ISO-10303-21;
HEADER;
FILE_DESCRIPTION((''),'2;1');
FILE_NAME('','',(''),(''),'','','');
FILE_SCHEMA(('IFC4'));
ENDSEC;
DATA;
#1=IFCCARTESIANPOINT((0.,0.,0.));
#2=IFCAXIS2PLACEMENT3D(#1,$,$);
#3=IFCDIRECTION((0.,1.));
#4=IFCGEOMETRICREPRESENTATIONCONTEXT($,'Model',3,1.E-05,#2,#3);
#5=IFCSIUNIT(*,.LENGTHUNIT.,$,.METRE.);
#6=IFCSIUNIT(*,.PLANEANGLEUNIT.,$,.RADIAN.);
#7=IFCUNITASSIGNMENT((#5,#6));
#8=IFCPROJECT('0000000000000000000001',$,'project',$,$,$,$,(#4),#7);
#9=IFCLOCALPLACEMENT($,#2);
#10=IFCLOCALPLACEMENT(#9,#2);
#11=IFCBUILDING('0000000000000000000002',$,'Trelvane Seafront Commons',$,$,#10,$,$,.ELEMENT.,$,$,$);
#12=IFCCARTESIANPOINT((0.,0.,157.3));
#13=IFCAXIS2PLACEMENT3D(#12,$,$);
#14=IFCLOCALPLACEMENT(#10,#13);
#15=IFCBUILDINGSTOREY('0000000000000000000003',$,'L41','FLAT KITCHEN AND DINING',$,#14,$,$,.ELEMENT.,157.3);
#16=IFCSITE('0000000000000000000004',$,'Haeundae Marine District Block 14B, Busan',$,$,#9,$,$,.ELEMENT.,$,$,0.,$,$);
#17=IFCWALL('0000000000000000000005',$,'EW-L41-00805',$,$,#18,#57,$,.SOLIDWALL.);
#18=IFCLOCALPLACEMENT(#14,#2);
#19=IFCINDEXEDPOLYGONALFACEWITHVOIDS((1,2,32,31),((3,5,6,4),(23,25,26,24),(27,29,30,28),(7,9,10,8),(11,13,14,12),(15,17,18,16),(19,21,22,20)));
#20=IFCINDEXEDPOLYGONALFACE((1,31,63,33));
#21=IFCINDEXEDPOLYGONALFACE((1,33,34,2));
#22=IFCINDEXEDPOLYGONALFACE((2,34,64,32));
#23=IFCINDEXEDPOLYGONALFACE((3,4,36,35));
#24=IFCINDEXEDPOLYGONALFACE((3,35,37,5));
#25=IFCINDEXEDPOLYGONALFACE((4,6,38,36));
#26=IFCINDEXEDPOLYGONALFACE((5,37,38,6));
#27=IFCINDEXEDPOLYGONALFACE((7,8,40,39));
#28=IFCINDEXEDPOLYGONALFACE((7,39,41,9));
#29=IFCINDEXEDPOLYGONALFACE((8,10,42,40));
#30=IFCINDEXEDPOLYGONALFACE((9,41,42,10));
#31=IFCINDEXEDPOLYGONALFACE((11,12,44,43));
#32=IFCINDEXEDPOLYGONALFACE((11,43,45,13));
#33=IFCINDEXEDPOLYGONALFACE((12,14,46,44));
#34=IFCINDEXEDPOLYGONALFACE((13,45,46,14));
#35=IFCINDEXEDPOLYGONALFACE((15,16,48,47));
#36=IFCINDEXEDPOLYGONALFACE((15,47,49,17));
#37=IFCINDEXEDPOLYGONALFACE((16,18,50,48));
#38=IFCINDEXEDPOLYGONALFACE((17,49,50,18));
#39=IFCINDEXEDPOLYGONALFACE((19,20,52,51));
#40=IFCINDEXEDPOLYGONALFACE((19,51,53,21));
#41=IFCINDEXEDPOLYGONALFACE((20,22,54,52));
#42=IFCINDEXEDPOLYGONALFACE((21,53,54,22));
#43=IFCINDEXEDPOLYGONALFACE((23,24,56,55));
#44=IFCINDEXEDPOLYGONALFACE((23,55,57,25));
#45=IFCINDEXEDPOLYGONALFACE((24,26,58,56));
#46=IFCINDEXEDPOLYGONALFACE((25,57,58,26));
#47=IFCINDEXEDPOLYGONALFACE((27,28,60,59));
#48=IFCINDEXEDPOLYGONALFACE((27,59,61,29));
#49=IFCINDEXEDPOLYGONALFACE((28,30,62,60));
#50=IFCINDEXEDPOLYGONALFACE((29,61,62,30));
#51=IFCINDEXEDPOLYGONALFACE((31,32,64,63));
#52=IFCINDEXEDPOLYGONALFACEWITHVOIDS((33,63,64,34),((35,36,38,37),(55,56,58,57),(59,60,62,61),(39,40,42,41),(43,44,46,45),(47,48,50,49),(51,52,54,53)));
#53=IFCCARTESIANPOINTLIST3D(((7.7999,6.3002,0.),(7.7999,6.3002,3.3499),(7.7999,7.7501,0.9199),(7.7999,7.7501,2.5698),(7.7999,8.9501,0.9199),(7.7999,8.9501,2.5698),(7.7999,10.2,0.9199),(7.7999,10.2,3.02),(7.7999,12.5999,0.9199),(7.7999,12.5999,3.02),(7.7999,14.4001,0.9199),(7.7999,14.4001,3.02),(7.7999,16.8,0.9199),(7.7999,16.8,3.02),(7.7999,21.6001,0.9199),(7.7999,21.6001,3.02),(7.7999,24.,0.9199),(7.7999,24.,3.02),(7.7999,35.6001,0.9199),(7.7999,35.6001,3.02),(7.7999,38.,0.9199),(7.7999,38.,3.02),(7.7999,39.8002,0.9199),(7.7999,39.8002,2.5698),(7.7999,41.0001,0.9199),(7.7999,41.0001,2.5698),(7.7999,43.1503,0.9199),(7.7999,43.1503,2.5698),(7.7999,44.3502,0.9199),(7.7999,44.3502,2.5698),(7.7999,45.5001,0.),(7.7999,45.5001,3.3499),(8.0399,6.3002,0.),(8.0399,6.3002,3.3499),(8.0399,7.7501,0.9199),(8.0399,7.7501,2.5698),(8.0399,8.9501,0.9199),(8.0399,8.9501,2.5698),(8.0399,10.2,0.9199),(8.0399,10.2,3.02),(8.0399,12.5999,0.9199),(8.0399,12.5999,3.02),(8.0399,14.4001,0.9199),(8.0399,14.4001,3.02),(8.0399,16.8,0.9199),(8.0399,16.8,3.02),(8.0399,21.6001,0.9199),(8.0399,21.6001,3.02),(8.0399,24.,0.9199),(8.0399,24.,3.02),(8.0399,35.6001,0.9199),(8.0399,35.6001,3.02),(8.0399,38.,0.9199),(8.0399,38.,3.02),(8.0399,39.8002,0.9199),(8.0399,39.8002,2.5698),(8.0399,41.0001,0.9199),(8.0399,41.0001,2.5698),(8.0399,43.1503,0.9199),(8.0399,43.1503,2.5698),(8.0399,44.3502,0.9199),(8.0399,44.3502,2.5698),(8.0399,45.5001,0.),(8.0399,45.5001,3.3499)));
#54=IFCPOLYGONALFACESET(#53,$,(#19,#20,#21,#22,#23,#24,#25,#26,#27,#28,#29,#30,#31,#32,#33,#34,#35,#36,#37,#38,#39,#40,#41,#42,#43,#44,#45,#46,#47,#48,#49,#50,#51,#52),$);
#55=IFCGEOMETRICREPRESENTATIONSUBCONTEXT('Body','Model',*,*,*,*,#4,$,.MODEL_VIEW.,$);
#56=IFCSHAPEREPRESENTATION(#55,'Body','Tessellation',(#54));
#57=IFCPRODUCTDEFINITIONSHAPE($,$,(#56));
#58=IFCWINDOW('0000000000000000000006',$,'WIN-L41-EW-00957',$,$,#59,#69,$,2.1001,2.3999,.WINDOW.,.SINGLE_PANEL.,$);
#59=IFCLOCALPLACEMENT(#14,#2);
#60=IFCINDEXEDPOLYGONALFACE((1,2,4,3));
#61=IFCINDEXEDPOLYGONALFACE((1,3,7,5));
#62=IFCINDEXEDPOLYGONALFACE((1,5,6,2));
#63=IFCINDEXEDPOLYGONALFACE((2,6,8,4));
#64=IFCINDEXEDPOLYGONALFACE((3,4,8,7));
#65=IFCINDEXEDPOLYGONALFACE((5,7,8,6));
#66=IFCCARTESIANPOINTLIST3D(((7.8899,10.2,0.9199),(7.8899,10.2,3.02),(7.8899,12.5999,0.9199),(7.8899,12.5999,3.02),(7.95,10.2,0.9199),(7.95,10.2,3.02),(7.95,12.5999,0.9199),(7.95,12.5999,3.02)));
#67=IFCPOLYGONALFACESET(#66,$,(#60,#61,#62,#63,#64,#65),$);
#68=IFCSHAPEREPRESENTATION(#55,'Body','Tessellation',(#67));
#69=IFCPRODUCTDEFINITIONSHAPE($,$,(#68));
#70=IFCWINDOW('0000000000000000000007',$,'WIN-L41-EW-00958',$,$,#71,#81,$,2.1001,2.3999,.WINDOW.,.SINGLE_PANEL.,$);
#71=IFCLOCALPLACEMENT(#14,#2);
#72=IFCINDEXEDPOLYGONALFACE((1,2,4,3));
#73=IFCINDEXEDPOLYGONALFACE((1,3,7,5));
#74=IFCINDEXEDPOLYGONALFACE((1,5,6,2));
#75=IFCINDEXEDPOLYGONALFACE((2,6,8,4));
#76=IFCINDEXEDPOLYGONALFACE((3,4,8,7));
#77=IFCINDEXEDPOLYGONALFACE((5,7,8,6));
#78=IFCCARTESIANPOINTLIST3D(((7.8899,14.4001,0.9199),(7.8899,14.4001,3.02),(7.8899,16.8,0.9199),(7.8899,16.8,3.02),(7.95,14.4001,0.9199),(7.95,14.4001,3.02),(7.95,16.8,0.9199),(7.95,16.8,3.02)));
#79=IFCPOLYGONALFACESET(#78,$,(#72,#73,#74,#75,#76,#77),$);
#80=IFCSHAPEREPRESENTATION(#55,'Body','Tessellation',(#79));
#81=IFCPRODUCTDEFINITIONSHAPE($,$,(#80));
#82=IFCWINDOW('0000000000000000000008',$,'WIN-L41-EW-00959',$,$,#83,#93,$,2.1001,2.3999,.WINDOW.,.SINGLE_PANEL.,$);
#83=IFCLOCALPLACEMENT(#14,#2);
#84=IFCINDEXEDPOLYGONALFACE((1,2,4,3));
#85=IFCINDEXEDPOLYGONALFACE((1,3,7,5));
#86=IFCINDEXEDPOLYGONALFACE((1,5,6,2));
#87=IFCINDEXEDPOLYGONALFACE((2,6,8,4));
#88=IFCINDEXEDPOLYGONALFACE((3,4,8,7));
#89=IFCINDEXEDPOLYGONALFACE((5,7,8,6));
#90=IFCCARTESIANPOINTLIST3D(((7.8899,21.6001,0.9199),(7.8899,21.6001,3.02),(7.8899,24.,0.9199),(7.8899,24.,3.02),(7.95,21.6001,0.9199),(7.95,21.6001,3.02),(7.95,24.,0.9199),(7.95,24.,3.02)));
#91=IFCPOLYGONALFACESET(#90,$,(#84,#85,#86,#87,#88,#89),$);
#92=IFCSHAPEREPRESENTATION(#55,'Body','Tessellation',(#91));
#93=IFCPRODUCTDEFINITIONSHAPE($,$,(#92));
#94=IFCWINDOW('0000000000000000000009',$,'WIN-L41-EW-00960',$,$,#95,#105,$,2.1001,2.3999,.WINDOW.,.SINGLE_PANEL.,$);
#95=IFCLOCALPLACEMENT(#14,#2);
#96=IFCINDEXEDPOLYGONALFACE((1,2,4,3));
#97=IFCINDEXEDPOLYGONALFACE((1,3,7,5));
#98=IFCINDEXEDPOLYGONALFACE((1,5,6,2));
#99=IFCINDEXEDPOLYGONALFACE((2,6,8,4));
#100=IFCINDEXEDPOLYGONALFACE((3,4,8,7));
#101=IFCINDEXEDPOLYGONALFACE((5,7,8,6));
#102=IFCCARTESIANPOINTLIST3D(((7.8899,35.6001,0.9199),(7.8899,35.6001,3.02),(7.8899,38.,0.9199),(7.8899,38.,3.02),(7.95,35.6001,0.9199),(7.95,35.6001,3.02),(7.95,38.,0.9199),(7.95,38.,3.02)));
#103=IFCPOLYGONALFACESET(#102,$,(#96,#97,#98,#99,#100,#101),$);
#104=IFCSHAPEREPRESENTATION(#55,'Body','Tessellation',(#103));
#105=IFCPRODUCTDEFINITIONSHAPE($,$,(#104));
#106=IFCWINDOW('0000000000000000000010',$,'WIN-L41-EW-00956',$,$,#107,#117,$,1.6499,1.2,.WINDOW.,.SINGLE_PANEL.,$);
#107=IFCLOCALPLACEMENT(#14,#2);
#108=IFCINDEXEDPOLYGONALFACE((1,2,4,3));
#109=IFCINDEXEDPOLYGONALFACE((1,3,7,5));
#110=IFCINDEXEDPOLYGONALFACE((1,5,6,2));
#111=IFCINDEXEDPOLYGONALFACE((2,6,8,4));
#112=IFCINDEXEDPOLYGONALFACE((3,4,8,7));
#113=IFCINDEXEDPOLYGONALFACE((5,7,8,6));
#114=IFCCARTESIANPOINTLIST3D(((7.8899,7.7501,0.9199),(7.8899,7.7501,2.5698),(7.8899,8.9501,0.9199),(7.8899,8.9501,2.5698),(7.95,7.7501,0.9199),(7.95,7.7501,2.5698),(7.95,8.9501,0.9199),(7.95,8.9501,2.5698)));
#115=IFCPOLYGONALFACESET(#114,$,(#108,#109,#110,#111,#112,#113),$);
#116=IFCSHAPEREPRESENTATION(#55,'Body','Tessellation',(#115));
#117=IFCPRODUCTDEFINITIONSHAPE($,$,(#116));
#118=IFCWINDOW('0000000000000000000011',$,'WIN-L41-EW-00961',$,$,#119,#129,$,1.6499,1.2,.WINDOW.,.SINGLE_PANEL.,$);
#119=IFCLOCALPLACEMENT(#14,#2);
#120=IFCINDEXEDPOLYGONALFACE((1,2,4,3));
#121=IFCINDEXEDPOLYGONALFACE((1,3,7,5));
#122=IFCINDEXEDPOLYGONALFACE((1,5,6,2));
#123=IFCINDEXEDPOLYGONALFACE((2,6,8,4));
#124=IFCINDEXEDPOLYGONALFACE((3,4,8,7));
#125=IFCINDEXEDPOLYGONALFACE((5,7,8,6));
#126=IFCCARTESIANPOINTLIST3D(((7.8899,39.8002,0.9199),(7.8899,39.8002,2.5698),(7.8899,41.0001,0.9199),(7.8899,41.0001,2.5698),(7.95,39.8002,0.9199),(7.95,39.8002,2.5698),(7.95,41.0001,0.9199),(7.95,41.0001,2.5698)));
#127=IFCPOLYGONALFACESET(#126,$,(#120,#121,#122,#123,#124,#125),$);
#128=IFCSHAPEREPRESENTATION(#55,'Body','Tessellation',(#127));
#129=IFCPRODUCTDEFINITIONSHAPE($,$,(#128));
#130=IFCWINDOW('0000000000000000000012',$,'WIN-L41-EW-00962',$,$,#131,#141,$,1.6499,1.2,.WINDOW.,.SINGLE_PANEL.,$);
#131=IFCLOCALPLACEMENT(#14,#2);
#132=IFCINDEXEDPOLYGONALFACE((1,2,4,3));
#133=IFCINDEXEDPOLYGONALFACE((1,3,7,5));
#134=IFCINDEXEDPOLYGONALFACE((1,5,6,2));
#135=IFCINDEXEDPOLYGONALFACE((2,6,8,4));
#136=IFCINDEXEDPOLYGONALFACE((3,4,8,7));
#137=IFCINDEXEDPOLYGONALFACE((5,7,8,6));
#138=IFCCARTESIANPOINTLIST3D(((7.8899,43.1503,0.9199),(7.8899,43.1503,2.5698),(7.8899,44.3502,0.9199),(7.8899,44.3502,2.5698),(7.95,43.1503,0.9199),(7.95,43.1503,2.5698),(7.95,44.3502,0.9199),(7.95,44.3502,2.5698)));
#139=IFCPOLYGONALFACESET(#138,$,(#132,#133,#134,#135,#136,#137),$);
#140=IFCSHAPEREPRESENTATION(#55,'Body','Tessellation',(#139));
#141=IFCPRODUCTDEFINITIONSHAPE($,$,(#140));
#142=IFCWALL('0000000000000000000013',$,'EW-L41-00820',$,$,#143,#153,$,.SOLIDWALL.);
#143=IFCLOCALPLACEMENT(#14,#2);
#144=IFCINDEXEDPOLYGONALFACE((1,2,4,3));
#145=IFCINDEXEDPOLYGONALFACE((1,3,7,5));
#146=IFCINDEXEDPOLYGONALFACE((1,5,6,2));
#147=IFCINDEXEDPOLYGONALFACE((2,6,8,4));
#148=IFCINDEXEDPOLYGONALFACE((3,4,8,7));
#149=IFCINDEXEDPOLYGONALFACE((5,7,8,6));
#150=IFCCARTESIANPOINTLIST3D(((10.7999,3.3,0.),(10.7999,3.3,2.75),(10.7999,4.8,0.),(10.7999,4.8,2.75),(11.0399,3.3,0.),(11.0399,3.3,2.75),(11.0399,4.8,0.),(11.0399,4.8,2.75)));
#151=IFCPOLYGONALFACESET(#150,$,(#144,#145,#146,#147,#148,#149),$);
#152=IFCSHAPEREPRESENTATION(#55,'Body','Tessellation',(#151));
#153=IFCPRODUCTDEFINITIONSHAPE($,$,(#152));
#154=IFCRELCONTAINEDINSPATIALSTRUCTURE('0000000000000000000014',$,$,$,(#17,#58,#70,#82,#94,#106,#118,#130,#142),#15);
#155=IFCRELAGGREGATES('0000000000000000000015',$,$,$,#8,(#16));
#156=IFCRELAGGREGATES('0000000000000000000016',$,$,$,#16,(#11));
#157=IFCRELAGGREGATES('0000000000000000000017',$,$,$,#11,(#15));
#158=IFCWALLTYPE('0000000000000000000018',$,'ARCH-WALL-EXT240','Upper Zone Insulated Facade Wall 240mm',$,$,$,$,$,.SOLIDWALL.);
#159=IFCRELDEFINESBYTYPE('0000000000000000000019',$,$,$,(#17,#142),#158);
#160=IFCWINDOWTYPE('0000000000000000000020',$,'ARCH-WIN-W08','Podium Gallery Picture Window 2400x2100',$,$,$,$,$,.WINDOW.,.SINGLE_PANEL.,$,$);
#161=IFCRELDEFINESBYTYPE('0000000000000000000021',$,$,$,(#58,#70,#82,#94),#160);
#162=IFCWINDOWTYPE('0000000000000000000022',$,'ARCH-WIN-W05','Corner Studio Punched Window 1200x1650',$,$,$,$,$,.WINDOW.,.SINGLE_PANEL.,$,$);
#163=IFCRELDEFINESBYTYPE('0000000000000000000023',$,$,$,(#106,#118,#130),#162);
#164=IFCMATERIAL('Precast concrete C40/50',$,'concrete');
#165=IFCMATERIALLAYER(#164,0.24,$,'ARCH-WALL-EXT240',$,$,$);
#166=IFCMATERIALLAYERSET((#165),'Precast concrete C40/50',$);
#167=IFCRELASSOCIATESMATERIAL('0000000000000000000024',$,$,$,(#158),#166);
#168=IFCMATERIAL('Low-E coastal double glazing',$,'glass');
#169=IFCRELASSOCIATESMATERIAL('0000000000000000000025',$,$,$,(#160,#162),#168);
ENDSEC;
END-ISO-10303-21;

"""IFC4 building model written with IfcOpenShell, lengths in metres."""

from ifc_helpers import new_model, si_unit, direction, frame, frame_2d, origin, place, context, subcontext, project, spatial, rectangle, extrude, source, transform, mapped, material, layer, layer_set, type_object, element, fill, save


model = new_model("IFC4")

# Units and contexts
model_context = context("Model", 3, precision=1e-05, world=origin(), true_north=direction((0.0, 1.0)))
body_context = subcontext(model_context, "Body", "Model", "MODEL_VIEW")
ifc_project = project(units=[si_unit("LENGTHUNIT", "METRE"), si_unit("PLANEANGLEUNIT", "RADIAN")], contexts=[model_context])

# Site, building, storey
site_placement = place(None, origin())
site = spatial("IfcSite", under=ifc_project, at=site_placement, Name="Haeundae Marine District Block 14B, Busan", CompositionType="ELEMENT", RefElevation=0.0)
building_placement = place(site_placement, origin())
building = spatial("IfcBuilding", under=site, at=building_placement, Name="Trelvane Seafront Commons", CompositionType="ELEMENT")
storey_placement = place(building_placement, frame((0.0, 0.0, 157.3)))
storey = spatial("IfcBuildingStorey", under=building, at=storey_placement, Name="L41", Description="FLAT KITCHEN AND DINING", CompositionType="ELEMENT", Elevation=157.3)

# Shared definitions
ifc_material_1 = material(Name="Precast concrete C40/50", Category="concrete")
ifc_layer_1 = layer(ifc_material_1, 0.24, Name="ARCH-WALL-EXT240")
ifc_layer_set_1 = layer_set([ifc_layer_1], Name="Precast concrete C40/50")
wall_type_1 = type_object("IfcWallType", Name="ARCH-WALL-EXT240", Description="Upper Zone Insulated Facade Wall 240mm", PredefinedType="SOLIDWALL", material=ifc_layer_set_1)

# Wall, openings, windows
wall_1_placement = place(storey_placement, frame((7.9199, 6.3, 0.0), z_axis=(0.0, 0.0, 1.0), x_axis=(0.0, 1.0, 0.0)))
wall_1 = element("IfcWall", 1, at=wall_1_placement, inside=storey, type_object=wall_type_1, Name="EW-L41-00805", PredefinedType="SOLIDWALL", context=body_context, shape_type="SweptSolid", body=[
    extrude(rectangle(XDim=39.2, YDim=0.24, at=frame_2d((19.6001, 0.0))), origin(), (0.0, 0.0, 1.0), 3.3499),
])
opening_1_placement = place(wall_1_placement, frame((1.45, 0.0, 0.9199)))
opening_1 = element("IfcOpeningElement", 2, at=opening_1_placement, cuts=wall_1, PredefinedType="OPENING", context=body_context, shape_type="SweptSolid", body=[
    extrude(rectangle(XDim=1.2, YDim=1.6499, at=frame_2d((0.6001, 0.825))), frame((0.0, 0.1299, 0.0), z_axis=(0.0, -1.0, 0.0), x_axis=(1.0, 0.0, 0.0)), (0.0, 0.0, 1.0), 0.26),
])
opening_2_placement = place(wall_1_placement, frame((3.8999, 0.0, 0.9199)))
opening_2 = element("IfcOpeningElement", 3, at=opening_2_placement, cuts=wall_1, PredefinedType="OPENING", context=body_context, shape_type="SweptSolid", body=[
    extrude(rectangle(XDim=2.3999, YDim=2.1001, at=frame_2d((1.2, 1.05))), frame((0.0, 0.1299, 0.0), z_axis=(0.0, -1.0, 0.0), x_axis=(1.0, 0.0, 0.0)), (0.0, 0.0, 1.0), 0.26),
])
opening_3_placement = place(wall_1_placement, frame((8.1001, 0.0, 0.9199)))
opening_3 = element("IfcOpeningElement", 4, at=opening_3_placement, cuts=wall_1, PredefinedType="OPENING", context=body_context, shape_type="SweptSolid", body=[
    extrude(rectangle(XDim=2.3999, YDim=2.1001, at=frame_2d((1.2, 1.05))), frame((0.0, 0.1299, 0.0), z_axis=(0.0, -1.0, 0.0), x_axis=(1.0, 0.0, 0.0)), (0.0, 0.0, 1.0), 0.26),
])
opening_4_placement = place(wall_1_placement, frame((15.3, 0.0, 0.9199)))
opening_4 = element("IfcOpeningElement", 5, at=opening_4_placement, cuts=wall_1, PredefinedType="OPENING", context=body_context, shape_type="SweptSolid", body=[
    extrude(rectangle(XDim=2.3999, YDim=2.1001, at=frame_2d((1.2, 1.05))), frame((0.0, 0.1299, 0.0), z_axis=(0.0, -1.0, 0.0), x_axis=(1.0, 0.0, 0.0)), (0.0, 0.0, 1.0), 0.26),
])
opening_5_placement = place(wall_1_placement, frame((29.3, 0.0, 0.9199)))
opening_5 = element("IfcOpeningElement", 6, at=opening_5_placement, cuts=wall_1, PredefinedType="OPENING", context=body_context, shape_type="SweptSolid", body=[
    extrude(rectangle(XDim=2.3999, YDim=2.1001, at=frame_2d((1.2, 1.05))), frame((0.0, 0.1299, 0.0), z_axis=(0.0, -1.0, 0.0), x_axis=(1.0, 0.0, 0.0)), (0.0, 0.0, 1.0), 0.26),
])
opening_6_placement = place(wall_1_placement, frame((33.5, 0.0, 0.9199)))
opening_6 = element("IfcOpeningElement", 7, at=opening_6_placement, cuts=wall_1, PredefinedType="OPENING", context=body_context, shape_type="SweptSolid", body=[
    extrude(rectangle(XDim=1.2, YDim=1.6499, at=frame_2d((0.6001, 0.825))), frame((0.0, 0.1299, 0.0), z_axis=(0.0, -1.0, 0.0), x_axis=(1.0, 0.0, 0.0)), (0.0, 0.0, 1.0), 0.26),
])
opening_7_placement = place(wall_1_placement, frame((36.8501, 0.0, 0.9199)))
opening_7 = element("IfcOpeningElement", 8, at=opening_7_placement, cuts=wall_1, PredefinedType="OPENING", context=body_context, shape_type="SweptSolid", body=[
    extrude(rectangle(XDim=1.2, YDim=1.6499, at=frame_2d((0.6001, 0.825))), frame((0.0, 0.1299, 0.0), z_axis=(0.0, -1.0, 0.0), x_axis=(1.0, 0.0, 0.0)), (0.0, 0.0, 1.0), 0.26),
])
ifc_material_2 = material(Name="Low-E coastal double glazing", Category="glass")
window_type_1 = type_object("IfcWindowType", Name="ARCH-WIN-W08", Description="Podium Gallery Picture Window 2400x2100", PartitioningType="SINGLE_PANEL", PredefinedType="WINDOW", material=ifc_material_2)
shared_shape_1 = source(origin(), body_context, "Body", "SweptSolid", [
    extrude(rectangle(XDim=2.3999, YDim=2.1001, at=frame_2d((1.2, 1.05))), frame((0.0, 0.03, 0.0), z_axis=(0.0, -1.0, 0.0), x_axis=(1.0, 0.0, 0.0)), (0.0, 0.0, 1.0), 0.0601),
])
window_1_placement = place(opening_2_placement, origin())
window_1 = element("IfcWindow", 9, at=window_1_placement, inside=storey, type_object=window_type_1, Name="WIN-L41-EW-00957", OverallHeight=2.1001, OverallWidth=2.3999, PartitioningType="SINGLE_PANEL", PredefinedType="WINDOW", context=body_context, shape_type="MappedRepresentation", body=[
    mapped(shared_shape_1, transform((0.0, 0.0, 0.0), x_axis=(1.0, 0.0, 0.0), y_axis=(0.0, 1.0, 0.0), z_axis=(0.0, 0.0, 1.0), scale=1.0)),
])
fill(opening_2, window_1)
window_2_placement = place(opening_3_placement, origin())
window_2 = element("IfcWindow", 10, at=window_2_placement, inside=storey, type_object=window_type_1, Name="WIN-L41-EW-00958", OverallHeight=2.1001, OverallWidth=2.3999, PartitioningType="SINGLE_PANEL", PredefinedType="WINDOW", context=body_context, shape_type="MappedRepresentation", body=[
    mapped(shared_shape_1, transform((0.0, 0.0, 0.0), x_axis=(1.0, 0.0, 0.0), y_axis=(0.0, 1.0, 0.0), z_axis=(0.0, 0.0, 1.0), scale=1.0)),
])
fill(opening_3, window_2)
window_3_placement = place(opening_4_placement, origin())
window_3 = element("IfcWindow", 11, at=window_3_placement, inside=storey, type_object=window_type_1, Name="WIN-L41-EW-00959", OverallHeight=2.1001, OverallWidth=2.3999, PartitioningType="SINGLE_PANEL", PredefinedType="WINDOW", context=body_context, shape_type="MappedRepresentation", body=[
    mapped(shared_shape_1, transform((0.0, 0.0, 0.0), x_axis=(1.0, 0.0, 0.0), y_axis=(0.0, 1.0, 0.0), z_axis=(0.0, 0.0, 1.0), scale=1.0)),
])
fill(opening_4, window_3)
window_4_placement = place(opening_5_placement, origin())
window_4 = element("IfcWindow", 12, at=window_4_placement, inside=storey, type_object=window_type_1, Name="WIN-L41-EW-00960", OverallHeight=2.1001, OverallWidth=2.3999, PartitioningType="SINGLE_PANEL", PredefinedType="WINDOW", context=body_context, shape_type="MappedRepresentation", body=[
    mapped(shared_shape_1, transform((0.0, 0.0, 0.0), x_axis=(1.0, 0.0, 0.0), y_axis=(0.0, 1.0, 0.0), z_axis=(0.0, 0.0, 1.0), scale=1.0)),
])
fill(opening_5, window_4)
window_type_2 = type_object("IfcWindowType", Name="ARCH-WIN-W05", Description="Corner Studio Punched Window 1200x1650", PartitioningType="SINGLE_PANEL", PredefinedType="WINDOW", material=ifc_material_2)
shared_shape_2 = source(origin(), body_context, "Body", "SweptSolid", [
    extrude(rectangle(XDim=1.2, YDim=1.6499, at=frame_2d((0.6001, 0.825))), frame((0.0, 0.03, 0.0), z_axis=(0.0, -1.0, 0.0), x_axis=(1.0, 0.0, 0.0)), (0.0, 0.0, 1.0), 0.0601),
])
window_5_placement = place(opening_1_placement, origin())
window_5 = element("IfcWindow", 13, at=window_5_placement, inside=storey, type_object=window_type_2, Name="WIN-L41-EW-00956", OverallHeight=1.6499, OverallWidth=1.2, PartitioningType="SINGLE_PANEL", PredefinedType="WINDOW", context=body_context, shape_type="MappedRepresentation", body=[
    mapped(shared_shape_2, transform((0.0, 0.0, 0.0), x_axis=(1.0, 0.0, 0.0), y_axis=(0.0, 1.0, 0.0), z_axis=(0.0, 0.0, 1.0), scale=1.0)),
])
fill(opening_1, window_5)
window_6_placement = place(opening_6_placement, origin())
window_6 = element("IfcWindow", 14, at=window_6_placement, inside=storey, type_object=window_type_2, Name="WIN-L41-EW-00961", OverallHeight=1.6499, OverallWidth=1.2, PartitioningType="SINGLE_PANEL", PredefinedType="WINDOW", context=body_context, shape_type="MappedRepresentation", body=[
    mapped(shared_shape_2, transform((0.0, 0.0, 0.0), x_axis=(1.0, 0.0, 0.0), y_axis=(0.0, 1.0, 0.0), z_axis=(0.0, 0.0, 1.0), scale=1.0)),
])
fill(opening_6, window_6)
window_7_placement = place(opening_7_placement, origin())
window_7 = element("IfcWindow", 15, at=window_7_placement, inside=storey, type_object=window_type_2, Name="WIN-L41-EW-00962", OverallHeight=1.6499, OverallWidth=1.2, PartitioningType="SINGLE_PANEL", PredefinedType="WINDOW", context=body_context, shape_type="MappedRepresentation", body=[
    mapped(shared_shape_2, transform((0.0, 0.0, 0.0), x_axis=(1.0, 0.0, 0.0), y_axis=(0.0, 1.0, 0.0), z_axis=(0.0, 0.0, 1.0), scale=1.0)),
])
fill(opening_7, window_7)

# Wall
wall_2_placement = place(storey_placement, frame((10.9199, 3.3, 0.0), z_axis=(0.0, 0.0, 1.0), x_axis=(0.0, 1.0, 0.0)))
element("IfcWall", 16, at=wall_2_placement, inside=storey, type_object=wall_type_1, Name="EW-L41-00820", PredefinedType="SOLIDWALL", context=body_context, shape_type="SweptSolid", body=[
    extrude(rectangle(XDim=1.5, YDim=0.24, at=frame_2d((0.75, 0.0))), origin(), (0.0, 0.0, 1.0), 2.75),
])

save(model, "model.ifc")
